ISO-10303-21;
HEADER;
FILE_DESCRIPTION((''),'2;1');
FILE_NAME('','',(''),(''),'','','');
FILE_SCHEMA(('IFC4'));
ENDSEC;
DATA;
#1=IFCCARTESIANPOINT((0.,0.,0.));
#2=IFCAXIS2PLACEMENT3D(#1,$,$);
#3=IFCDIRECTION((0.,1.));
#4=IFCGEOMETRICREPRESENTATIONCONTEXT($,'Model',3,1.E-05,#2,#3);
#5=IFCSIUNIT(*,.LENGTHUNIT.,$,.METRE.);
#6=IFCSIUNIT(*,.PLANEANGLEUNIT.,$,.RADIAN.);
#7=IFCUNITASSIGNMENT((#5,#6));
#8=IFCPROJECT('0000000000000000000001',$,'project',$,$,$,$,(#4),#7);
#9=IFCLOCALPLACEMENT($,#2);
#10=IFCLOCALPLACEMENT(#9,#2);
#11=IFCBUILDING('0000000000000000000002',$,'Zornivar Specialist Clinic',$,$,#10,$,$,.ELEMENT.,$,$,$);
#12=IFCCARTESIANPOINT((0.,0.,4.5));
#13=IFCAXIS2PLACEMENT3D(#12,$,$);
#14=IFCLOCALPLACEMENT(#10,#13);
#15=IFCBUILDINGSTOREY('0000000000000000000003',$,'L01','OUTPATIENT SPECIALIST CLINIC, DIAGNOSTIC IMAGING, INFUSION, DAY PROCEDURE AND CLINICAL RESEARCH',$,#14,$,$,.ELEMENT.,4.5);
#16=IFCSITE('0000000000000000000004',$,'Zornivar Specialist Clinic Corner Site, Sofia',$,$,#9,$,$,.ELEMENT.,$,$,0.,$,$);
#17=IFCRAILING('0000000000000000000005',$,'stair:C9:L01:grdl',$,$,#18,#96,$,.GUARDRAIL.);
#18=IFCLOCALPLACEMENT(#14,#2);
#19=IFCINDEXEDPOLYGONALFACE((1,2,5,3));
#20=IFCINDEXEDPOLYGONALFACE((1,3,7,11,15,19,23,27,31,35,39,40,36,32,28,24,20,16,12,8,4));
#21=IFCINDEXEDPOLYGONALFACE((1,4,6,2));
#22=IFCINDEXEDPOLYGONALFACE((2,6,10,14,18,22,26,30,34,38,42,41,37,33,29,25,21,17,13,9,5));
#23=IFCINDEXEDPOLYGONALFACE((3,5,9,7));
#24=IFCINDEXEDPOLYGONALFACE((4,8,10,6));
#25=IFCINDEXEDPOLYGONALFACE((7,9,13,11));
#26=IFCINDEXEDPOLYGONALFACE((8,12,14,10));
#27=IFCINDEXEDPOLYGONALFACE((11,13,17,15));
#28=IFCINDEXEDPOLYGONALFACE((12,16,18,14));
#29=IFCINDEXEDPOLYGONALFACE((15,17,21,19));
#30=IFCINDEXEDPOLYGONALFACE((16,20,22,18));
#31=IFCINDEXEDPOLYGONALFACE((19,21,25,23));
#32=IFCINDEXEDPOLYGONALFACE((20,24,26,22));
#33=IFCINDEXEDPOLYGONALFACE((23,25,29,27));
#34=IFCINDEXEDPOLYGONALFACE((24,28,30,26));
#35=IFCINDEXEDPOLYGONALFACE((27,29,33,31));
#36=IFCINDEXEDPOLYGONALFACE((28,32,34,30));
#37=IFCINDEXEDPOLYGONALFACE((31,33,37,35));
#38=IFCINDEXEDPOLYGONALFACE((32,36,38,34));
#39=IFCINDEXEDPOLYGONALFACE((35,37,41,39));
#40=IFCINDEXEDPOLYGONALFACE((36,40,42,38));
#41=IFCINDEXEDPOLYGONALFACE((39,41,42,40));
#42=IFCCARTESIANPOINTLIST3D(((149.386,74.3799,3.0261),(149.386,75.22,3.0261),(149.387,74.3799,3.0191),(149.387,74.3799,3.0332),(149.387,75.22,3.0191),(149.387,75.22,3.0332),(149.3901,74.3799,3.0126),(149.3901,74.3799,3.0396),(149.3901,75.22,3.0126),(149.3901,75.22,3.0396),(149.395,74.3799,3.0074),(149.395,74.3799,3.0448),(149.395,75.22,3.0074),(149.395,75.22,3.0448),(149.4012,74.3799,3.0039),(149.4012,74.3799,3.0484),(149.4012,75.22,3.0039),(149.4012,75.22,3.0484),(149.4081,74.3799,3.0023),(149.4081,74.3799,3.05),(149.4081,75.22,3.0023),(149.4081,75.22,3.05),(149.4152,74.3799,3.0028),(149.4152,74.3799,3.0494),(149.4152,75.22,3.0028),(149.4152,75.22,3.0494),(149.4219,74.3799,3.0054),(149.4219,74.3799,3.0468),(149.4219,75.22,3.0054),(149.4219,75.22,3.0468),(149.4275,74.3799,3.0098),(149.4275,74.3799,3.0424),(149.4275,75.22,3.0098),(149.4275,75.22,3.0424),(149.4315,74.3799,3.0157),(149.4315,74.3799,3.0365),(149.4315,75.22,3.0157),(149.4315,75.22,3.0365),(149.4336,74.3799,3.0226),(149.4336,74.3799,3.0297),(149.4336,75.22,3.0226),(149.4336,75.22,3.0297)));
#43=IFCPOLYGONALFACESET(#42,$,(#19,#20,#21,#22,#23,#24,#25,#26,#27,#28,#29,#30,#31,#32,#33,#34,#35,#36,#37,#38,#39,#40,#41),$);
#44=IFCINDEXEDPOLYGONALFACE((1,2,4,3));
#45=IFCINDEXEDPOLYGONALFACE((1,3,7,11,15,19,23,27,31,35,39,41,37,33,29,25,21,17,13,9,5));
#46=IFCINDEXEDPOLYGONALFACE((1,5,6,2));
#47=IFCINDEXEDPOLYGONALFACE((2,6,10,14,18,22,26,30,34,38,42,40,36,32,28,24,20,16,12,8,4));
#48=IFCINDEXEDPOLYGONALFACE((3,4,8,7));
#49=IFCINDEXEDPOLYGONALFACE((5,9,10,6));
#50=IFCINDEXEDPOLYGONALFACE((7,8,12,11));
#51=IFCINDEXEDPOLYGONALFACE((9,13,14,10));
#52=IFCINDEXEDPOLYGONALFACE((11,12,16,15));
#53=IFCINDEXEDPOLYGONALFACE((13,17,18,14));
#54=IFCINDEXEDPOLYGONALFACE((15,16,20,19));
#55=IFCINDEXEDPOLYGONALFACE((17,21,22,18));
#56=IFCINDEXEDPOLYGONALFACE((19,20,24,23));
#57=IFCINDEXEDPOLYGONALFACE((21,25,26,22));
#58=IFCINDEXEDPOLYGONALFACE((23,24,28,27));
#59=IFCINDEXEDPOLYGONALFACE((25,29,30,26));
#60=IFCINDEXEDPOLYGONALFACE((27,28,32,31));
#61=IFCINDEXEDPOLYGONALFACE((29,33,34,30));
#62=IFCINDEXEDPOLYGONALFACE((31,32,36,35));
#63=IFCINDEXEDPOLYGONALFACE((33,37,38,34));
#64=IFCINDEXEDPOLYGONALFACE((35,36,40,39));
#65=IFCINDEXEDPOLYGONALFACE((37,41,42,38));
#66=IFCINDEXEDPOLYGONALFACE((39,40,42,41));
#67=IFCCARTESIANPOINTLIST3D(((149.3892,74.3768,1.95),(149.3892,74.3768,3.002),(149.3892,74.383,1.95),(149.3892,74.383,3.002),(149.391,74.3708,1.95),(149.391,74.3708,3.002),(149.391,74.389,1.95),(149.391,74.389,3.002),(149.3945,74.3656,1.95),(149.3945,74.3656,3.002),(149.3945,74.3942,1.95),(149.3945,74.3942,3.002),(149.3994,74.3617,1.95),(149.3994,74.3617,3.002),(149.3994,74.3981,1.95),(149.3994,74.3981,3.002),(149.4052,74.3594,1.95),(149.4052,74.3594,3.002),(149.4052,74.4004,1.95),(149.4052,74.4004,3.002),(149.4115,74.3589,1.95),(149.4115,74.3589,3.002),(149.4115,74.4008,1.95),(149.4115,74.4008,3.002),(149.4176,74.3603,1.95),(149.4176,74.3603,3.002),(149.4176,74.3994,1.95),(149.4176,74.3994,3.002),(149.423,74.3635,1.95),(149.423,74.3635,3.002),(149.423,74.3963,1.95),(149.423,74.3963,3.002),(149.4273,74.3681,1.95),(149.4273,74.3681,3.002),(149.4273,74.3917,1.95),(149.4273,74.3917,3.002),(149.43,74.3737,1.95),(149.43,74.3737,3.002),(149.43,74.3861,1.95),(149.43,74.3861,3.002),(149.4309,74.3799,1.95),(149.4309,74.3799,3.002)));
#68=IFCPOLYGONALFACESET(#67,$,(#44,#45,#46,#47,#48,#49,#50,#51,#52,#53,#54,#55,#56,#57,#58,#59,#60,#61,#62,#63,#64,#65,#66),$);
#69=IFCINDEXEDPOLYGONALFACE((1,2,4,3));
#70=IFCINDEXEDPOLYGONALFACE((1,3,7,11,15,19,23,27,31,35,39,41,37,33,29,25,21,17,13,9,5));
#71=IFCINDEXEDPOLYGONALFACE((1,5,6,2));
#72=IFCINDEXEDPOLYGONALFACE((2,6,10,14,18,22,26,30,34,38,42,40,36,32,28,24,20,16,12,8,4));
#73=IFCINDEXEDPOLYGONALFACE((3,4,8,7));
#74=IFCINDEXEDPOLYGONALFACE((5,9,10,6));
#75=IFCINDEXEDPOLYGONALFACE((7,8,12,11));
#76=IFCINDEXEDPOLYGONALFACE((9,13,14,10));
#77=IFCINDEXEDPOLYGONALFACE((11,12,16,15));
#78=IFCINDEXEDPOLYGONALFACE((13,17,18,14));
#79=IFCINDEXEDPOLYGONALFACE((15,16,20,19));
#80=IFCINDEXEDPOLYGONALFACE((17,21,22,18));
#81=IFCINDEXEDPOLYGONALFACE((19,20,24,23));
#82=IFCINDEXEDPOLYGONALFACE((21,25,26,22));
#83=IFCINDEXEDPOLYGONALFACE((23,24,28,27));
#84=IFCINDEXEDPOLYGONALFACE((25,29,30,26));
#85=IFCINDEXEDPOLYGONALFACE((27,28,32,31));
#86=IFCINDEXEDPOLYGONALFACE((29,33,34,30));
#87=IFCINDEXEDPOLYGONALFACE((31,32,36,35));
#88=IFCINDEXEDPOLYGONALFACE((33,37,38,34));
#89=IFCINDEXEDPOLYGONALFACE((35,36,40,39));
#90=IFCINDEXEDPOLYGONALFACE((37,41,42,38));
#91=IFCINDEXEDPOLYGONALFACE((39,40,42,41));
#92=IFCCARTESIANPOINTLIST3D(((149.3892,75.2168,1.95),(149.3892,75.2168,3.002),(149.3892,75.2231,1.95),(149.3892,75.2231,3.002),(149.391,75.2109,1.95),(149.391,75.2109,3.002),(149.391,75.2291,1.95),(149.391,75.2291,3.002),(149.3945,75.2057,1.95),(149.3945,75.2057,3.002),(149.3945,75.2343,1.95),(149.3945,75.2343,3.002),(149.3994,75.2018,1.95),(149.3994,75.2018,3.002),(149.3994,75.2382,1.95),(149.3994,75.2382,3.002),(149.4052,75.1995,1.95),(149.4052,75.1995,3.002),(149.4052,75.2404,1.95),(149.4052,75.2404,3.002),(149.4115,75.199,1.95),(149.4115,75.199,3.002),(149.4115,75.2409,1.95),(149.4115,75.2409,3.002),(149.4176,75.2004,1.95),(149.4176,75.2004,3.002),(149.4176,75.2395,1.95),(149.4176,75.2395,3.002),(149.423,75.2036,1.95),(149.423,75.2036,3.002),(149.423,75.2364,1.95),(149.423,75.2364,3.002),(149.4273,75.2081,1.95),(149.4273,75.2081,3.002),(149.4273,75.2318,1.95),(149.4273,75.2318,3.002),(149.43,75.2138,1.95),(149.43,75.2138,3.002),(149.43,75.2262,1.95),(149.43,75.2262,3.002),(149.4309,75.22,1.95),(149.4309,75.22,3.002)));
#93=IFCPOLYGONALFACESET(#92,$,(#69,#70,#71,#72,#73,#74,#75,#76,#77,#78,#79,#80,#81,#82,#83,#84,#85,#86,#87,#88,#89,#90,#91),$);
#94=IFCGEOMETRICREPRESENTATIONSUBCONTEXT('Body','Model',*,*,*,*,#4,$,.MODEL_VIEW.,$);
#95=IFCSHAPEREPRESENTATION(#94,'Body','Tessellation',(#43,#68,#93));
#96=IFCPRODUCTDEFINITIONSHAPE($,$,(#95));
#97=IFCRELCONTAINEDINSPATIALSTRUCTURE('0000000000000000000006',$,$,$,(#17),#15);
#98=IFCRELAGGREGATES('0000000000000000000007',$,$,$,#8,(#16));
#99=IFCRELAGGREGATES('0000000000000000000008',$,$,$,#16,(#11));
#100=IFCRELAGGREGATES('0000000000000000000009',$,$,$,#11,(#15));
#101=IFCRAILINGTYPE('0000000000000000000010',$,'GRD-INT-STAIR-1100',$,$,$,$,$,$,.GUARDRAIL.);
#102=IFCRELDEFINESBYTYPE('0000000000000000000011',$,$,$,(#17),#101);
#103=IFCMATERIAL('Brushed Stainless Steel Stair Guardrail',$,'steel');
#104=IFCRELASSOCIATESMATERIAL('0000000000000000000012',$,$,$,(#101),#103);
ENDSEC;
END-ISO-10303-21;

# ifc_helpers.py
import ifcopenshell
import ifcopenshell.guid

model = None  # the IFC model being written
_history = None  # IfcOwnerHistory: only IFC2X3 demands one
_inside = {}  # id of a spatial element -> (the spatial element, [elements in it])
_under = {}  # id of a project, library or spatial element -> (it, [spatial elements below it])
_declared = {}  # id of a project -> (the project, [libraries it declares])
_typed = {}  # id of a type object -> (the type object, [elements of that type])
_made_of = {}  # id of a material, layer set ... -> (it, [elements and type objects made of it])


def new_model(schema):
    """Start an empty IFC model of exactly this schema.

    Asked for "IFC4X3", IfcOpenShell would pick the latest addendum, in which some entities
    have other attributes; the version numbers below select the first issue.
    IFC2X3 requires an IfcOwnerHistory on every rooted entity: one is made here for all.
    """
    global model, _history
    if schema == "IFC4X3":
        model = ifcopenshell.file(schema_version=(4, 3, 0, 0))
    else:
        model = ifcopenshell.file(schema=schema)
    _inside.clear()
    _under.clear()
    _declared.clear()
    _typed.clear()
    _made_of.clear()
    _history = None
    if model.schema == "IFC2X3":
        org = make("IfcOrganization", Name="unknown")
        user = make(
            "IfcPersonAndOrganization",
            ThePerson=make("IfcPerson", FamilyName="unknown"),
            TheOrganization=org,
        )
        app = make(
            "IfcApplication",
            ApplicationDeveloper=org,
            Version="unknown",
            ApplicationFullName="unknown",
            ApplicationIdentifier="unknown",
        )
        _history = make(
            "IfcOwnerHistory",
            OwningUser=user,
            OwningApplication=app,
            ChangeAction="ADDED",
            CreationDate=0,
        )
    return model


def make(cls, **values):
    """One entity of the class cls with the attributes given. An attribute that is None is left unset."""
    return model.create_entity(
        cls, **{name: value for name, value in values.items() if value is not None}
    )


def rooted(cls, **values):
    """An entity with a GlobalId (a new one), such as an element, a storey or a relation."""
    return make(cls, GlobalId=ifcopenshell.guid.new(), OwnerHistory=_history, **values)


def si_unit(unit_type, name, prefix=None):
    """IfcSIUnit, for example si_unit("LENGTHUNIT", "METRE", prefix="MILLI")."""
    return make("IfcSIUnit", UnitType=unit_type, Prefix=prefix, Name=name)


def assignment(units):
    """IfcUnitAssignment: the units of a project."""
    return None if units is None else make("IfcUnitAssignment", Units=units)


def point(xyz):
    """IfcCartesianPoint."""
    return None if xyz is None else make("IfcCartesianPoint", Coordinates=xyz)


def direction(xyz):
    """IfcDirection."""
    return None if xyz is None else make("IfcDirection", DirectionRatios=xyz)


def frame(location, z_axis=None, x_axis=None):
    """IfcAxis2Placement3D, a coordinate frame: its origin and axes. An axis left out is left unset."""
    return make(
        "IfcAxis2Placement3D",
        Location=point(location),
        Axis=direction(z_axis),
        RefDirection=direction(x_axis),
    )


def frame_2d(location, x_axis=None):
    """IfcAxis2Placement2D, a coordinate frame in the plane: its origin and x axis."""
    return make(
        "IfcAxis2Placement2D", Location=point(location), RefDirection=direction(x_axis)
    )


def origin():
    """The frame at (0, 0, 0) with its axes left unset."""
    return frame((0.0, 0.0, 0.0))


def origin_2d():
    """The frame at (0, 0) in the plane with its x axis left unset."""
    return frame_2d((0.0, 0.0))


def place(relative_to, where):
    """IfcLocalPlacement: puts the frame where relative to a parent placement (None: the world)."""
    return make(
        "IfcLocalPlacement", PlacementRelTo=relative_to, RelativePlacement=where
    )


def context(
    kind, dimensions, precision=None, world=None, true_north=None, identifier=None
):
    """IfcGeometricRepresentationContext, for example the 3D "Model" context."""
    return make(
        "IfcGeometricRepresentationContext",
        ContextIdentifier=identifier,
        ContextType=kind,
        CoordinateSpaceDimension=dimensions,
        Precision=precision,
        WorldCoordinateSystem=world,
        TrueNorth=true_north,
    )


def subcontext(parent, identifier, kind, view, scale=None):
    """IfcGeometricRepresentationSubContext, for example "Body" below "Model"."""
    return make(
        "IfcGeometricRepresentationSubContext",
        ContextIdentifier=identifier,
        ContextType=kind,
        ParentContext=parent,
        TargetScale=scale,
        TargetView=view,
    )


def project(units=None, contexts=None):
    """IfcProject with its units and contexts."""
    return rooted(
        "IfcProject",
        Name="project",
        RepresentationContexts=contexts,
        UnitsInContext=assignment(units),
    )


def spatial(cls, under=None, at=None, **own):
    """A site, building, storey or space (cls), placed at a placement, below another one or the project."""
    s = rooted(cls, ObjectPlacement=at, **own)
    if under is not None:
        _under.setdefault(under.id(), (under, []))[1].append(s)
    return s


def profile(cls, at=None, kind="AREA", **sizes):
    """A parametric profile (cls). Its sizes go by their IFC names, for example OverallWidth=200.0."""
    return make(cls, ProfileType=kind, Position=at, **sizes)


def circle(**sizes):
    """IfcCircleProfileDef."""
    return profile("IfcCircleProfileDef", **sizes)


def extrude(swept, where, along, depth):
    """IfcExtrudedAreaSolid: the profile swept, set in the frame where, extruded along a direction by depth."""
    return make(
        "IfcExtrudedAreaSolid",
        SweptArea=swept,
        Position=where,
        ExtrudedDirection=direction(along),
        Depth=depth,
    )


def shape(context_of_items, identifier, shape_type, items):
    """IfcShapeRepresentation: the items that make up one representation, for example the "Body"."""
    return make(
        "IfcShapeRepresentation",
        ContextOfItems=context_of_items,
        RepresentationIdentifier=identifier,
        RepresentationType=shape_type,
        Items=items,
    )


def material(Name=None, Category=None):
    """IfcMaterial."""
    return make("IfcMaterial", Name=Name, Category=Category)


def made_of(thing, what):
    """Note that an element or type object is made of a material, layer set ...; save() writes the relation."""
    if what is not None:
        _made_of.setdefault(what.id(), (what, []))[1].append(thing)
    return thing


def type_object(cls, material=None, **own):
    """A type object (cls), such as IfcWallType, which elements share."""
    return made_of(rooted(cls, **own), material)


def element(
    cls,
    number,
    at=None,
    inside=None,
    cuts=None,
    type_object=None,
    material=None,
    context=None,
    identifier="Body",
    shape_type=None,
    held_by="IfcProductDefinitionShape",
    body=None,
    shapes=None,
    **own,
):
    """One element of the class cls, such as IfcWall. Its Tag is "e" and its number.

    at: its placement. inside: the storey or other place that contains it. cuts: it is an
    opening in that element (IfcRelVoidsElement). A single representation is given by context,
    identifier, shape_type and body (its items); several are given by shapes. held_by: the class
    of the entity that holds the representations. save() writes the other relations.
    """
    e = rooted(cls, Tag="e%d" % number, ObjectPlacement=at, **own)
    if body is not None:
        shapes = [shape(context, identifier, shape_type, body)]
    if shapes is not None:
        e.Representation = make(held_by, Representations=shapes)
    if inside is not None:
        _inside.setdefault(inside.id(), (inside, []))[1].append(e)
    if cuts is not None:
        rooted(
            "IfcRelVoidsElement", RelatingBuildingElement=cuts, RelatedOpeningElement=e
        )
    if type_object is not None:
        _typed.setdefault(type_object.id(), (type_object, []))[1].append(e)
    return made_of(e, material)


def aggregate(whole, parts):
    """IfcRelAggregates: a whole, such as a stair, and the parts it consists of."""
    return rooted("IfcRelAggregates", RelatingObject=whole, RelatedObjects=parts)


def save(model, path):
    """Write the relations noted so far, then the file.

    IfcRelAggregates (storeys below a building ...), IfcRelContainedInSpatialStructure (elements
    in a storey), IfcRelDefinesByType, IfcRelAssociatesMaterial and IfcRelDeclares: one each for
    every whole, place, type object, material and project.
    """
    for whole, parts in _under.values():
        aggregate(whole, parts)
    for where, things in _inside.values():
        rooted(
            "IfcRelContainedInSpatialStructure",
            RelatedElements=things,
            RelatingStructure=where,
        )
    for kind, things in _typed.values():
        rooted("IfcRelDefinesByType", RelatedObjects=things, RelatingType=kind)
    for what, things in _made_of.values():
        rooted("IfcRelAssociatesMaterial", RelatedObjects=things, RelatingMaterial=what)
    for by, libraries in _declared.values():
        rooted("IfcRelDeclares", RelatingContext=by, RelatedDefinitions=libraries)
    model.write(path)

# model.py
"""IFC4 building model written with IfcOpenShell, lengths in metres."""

from ifc_helpers import new_model, si_unit, direction, frame, origin, origin_2d, place, context, subcontext, project, spatial, circle, extrude, material, type_object, element, save


model = new_model("IFC4")

# Units and contexts
model_context = context("Model", 3, precision=1e-05, world=origin(), true_north=direction((0.0, 1.0)))
body_context = subcontext(model_context, "Body", "Model", "MODEL_VIEW")
ifc_project = project(units=[si_unit("LENGTHUNIT", "METRE"), si_unit("PLANEANGLEUNIT", "RADIAN")], contexts=[model_context])

# Site, building, storey
site_placement = place(None, origin())
site = spatial("IfcSite", under=ifc_project, at=site_placement, Name="Zornivar Specialist Clinic Corner Site, Sofia", CompositionType="ELEMENT", RefElevation=0.0)
building_placement = place(site_placement, origin())
building = spatial("IfcBuilding", under=site, at=building_placement, Name="Zornivar Specialist Clinic", CompositionType="ELEMENT")
storey_placement = place(building_placement, frame((0.0, 0.0, 4.5)))
storey = spatial("IfcBuildingStorey", under=building, at=storey_placement, Name="L01", Description="OUTPATIENT SPECIALIST CLINIC, DIAGNOSTIC IMAGING, INFUSION, DAY PROCEDURE AND CLINICAL RESEARCH", CompositionType="ELEMENT", Elevation=4.5)

# Railing
ifc_material_1 = material(Name="Brushed Stainless Steel Stair Guardrail", Category="steel")
railing_type_1 = type_object("IfcRailingType", Name="GRD-INT-STAIR-1100", PredefinedType="GUARDRAIL", material=ifc_material_1)
railing_1_placement = place(storey_placement, frame((149.4099, 74.3799, 1.95)))
element("IfcRailing", 1, at=railing_1_placement, inside=storey, type_object=railing_type_1, Name="stair:C9:L01:grdl", PredefinedType="GUARDRAIL", context=body_context, shape_type="SweptSolid", body=[
    extrude(circle(Radius=0.0239, at=origin_2d()), frame((0.0, 0.0, 1.0762), z_axis=(0.0, 1.0, 0.0), x_axis=(-1.0, 0.0, 0.0)), (0.0, 0.0, 1.0), 0.8401),
    extrude(circle(Radius=0.021, at=origin_2d()), origin(), (0.0, 0.0, 1.0), 1.052),
    extrude(circle(Radius=0.021, at=origin_2d()), frame((0.0, 0.8401, 0.0)), (0.0, 0.0, 1.0), 1.052),
])

save(model, "model.ifc")
